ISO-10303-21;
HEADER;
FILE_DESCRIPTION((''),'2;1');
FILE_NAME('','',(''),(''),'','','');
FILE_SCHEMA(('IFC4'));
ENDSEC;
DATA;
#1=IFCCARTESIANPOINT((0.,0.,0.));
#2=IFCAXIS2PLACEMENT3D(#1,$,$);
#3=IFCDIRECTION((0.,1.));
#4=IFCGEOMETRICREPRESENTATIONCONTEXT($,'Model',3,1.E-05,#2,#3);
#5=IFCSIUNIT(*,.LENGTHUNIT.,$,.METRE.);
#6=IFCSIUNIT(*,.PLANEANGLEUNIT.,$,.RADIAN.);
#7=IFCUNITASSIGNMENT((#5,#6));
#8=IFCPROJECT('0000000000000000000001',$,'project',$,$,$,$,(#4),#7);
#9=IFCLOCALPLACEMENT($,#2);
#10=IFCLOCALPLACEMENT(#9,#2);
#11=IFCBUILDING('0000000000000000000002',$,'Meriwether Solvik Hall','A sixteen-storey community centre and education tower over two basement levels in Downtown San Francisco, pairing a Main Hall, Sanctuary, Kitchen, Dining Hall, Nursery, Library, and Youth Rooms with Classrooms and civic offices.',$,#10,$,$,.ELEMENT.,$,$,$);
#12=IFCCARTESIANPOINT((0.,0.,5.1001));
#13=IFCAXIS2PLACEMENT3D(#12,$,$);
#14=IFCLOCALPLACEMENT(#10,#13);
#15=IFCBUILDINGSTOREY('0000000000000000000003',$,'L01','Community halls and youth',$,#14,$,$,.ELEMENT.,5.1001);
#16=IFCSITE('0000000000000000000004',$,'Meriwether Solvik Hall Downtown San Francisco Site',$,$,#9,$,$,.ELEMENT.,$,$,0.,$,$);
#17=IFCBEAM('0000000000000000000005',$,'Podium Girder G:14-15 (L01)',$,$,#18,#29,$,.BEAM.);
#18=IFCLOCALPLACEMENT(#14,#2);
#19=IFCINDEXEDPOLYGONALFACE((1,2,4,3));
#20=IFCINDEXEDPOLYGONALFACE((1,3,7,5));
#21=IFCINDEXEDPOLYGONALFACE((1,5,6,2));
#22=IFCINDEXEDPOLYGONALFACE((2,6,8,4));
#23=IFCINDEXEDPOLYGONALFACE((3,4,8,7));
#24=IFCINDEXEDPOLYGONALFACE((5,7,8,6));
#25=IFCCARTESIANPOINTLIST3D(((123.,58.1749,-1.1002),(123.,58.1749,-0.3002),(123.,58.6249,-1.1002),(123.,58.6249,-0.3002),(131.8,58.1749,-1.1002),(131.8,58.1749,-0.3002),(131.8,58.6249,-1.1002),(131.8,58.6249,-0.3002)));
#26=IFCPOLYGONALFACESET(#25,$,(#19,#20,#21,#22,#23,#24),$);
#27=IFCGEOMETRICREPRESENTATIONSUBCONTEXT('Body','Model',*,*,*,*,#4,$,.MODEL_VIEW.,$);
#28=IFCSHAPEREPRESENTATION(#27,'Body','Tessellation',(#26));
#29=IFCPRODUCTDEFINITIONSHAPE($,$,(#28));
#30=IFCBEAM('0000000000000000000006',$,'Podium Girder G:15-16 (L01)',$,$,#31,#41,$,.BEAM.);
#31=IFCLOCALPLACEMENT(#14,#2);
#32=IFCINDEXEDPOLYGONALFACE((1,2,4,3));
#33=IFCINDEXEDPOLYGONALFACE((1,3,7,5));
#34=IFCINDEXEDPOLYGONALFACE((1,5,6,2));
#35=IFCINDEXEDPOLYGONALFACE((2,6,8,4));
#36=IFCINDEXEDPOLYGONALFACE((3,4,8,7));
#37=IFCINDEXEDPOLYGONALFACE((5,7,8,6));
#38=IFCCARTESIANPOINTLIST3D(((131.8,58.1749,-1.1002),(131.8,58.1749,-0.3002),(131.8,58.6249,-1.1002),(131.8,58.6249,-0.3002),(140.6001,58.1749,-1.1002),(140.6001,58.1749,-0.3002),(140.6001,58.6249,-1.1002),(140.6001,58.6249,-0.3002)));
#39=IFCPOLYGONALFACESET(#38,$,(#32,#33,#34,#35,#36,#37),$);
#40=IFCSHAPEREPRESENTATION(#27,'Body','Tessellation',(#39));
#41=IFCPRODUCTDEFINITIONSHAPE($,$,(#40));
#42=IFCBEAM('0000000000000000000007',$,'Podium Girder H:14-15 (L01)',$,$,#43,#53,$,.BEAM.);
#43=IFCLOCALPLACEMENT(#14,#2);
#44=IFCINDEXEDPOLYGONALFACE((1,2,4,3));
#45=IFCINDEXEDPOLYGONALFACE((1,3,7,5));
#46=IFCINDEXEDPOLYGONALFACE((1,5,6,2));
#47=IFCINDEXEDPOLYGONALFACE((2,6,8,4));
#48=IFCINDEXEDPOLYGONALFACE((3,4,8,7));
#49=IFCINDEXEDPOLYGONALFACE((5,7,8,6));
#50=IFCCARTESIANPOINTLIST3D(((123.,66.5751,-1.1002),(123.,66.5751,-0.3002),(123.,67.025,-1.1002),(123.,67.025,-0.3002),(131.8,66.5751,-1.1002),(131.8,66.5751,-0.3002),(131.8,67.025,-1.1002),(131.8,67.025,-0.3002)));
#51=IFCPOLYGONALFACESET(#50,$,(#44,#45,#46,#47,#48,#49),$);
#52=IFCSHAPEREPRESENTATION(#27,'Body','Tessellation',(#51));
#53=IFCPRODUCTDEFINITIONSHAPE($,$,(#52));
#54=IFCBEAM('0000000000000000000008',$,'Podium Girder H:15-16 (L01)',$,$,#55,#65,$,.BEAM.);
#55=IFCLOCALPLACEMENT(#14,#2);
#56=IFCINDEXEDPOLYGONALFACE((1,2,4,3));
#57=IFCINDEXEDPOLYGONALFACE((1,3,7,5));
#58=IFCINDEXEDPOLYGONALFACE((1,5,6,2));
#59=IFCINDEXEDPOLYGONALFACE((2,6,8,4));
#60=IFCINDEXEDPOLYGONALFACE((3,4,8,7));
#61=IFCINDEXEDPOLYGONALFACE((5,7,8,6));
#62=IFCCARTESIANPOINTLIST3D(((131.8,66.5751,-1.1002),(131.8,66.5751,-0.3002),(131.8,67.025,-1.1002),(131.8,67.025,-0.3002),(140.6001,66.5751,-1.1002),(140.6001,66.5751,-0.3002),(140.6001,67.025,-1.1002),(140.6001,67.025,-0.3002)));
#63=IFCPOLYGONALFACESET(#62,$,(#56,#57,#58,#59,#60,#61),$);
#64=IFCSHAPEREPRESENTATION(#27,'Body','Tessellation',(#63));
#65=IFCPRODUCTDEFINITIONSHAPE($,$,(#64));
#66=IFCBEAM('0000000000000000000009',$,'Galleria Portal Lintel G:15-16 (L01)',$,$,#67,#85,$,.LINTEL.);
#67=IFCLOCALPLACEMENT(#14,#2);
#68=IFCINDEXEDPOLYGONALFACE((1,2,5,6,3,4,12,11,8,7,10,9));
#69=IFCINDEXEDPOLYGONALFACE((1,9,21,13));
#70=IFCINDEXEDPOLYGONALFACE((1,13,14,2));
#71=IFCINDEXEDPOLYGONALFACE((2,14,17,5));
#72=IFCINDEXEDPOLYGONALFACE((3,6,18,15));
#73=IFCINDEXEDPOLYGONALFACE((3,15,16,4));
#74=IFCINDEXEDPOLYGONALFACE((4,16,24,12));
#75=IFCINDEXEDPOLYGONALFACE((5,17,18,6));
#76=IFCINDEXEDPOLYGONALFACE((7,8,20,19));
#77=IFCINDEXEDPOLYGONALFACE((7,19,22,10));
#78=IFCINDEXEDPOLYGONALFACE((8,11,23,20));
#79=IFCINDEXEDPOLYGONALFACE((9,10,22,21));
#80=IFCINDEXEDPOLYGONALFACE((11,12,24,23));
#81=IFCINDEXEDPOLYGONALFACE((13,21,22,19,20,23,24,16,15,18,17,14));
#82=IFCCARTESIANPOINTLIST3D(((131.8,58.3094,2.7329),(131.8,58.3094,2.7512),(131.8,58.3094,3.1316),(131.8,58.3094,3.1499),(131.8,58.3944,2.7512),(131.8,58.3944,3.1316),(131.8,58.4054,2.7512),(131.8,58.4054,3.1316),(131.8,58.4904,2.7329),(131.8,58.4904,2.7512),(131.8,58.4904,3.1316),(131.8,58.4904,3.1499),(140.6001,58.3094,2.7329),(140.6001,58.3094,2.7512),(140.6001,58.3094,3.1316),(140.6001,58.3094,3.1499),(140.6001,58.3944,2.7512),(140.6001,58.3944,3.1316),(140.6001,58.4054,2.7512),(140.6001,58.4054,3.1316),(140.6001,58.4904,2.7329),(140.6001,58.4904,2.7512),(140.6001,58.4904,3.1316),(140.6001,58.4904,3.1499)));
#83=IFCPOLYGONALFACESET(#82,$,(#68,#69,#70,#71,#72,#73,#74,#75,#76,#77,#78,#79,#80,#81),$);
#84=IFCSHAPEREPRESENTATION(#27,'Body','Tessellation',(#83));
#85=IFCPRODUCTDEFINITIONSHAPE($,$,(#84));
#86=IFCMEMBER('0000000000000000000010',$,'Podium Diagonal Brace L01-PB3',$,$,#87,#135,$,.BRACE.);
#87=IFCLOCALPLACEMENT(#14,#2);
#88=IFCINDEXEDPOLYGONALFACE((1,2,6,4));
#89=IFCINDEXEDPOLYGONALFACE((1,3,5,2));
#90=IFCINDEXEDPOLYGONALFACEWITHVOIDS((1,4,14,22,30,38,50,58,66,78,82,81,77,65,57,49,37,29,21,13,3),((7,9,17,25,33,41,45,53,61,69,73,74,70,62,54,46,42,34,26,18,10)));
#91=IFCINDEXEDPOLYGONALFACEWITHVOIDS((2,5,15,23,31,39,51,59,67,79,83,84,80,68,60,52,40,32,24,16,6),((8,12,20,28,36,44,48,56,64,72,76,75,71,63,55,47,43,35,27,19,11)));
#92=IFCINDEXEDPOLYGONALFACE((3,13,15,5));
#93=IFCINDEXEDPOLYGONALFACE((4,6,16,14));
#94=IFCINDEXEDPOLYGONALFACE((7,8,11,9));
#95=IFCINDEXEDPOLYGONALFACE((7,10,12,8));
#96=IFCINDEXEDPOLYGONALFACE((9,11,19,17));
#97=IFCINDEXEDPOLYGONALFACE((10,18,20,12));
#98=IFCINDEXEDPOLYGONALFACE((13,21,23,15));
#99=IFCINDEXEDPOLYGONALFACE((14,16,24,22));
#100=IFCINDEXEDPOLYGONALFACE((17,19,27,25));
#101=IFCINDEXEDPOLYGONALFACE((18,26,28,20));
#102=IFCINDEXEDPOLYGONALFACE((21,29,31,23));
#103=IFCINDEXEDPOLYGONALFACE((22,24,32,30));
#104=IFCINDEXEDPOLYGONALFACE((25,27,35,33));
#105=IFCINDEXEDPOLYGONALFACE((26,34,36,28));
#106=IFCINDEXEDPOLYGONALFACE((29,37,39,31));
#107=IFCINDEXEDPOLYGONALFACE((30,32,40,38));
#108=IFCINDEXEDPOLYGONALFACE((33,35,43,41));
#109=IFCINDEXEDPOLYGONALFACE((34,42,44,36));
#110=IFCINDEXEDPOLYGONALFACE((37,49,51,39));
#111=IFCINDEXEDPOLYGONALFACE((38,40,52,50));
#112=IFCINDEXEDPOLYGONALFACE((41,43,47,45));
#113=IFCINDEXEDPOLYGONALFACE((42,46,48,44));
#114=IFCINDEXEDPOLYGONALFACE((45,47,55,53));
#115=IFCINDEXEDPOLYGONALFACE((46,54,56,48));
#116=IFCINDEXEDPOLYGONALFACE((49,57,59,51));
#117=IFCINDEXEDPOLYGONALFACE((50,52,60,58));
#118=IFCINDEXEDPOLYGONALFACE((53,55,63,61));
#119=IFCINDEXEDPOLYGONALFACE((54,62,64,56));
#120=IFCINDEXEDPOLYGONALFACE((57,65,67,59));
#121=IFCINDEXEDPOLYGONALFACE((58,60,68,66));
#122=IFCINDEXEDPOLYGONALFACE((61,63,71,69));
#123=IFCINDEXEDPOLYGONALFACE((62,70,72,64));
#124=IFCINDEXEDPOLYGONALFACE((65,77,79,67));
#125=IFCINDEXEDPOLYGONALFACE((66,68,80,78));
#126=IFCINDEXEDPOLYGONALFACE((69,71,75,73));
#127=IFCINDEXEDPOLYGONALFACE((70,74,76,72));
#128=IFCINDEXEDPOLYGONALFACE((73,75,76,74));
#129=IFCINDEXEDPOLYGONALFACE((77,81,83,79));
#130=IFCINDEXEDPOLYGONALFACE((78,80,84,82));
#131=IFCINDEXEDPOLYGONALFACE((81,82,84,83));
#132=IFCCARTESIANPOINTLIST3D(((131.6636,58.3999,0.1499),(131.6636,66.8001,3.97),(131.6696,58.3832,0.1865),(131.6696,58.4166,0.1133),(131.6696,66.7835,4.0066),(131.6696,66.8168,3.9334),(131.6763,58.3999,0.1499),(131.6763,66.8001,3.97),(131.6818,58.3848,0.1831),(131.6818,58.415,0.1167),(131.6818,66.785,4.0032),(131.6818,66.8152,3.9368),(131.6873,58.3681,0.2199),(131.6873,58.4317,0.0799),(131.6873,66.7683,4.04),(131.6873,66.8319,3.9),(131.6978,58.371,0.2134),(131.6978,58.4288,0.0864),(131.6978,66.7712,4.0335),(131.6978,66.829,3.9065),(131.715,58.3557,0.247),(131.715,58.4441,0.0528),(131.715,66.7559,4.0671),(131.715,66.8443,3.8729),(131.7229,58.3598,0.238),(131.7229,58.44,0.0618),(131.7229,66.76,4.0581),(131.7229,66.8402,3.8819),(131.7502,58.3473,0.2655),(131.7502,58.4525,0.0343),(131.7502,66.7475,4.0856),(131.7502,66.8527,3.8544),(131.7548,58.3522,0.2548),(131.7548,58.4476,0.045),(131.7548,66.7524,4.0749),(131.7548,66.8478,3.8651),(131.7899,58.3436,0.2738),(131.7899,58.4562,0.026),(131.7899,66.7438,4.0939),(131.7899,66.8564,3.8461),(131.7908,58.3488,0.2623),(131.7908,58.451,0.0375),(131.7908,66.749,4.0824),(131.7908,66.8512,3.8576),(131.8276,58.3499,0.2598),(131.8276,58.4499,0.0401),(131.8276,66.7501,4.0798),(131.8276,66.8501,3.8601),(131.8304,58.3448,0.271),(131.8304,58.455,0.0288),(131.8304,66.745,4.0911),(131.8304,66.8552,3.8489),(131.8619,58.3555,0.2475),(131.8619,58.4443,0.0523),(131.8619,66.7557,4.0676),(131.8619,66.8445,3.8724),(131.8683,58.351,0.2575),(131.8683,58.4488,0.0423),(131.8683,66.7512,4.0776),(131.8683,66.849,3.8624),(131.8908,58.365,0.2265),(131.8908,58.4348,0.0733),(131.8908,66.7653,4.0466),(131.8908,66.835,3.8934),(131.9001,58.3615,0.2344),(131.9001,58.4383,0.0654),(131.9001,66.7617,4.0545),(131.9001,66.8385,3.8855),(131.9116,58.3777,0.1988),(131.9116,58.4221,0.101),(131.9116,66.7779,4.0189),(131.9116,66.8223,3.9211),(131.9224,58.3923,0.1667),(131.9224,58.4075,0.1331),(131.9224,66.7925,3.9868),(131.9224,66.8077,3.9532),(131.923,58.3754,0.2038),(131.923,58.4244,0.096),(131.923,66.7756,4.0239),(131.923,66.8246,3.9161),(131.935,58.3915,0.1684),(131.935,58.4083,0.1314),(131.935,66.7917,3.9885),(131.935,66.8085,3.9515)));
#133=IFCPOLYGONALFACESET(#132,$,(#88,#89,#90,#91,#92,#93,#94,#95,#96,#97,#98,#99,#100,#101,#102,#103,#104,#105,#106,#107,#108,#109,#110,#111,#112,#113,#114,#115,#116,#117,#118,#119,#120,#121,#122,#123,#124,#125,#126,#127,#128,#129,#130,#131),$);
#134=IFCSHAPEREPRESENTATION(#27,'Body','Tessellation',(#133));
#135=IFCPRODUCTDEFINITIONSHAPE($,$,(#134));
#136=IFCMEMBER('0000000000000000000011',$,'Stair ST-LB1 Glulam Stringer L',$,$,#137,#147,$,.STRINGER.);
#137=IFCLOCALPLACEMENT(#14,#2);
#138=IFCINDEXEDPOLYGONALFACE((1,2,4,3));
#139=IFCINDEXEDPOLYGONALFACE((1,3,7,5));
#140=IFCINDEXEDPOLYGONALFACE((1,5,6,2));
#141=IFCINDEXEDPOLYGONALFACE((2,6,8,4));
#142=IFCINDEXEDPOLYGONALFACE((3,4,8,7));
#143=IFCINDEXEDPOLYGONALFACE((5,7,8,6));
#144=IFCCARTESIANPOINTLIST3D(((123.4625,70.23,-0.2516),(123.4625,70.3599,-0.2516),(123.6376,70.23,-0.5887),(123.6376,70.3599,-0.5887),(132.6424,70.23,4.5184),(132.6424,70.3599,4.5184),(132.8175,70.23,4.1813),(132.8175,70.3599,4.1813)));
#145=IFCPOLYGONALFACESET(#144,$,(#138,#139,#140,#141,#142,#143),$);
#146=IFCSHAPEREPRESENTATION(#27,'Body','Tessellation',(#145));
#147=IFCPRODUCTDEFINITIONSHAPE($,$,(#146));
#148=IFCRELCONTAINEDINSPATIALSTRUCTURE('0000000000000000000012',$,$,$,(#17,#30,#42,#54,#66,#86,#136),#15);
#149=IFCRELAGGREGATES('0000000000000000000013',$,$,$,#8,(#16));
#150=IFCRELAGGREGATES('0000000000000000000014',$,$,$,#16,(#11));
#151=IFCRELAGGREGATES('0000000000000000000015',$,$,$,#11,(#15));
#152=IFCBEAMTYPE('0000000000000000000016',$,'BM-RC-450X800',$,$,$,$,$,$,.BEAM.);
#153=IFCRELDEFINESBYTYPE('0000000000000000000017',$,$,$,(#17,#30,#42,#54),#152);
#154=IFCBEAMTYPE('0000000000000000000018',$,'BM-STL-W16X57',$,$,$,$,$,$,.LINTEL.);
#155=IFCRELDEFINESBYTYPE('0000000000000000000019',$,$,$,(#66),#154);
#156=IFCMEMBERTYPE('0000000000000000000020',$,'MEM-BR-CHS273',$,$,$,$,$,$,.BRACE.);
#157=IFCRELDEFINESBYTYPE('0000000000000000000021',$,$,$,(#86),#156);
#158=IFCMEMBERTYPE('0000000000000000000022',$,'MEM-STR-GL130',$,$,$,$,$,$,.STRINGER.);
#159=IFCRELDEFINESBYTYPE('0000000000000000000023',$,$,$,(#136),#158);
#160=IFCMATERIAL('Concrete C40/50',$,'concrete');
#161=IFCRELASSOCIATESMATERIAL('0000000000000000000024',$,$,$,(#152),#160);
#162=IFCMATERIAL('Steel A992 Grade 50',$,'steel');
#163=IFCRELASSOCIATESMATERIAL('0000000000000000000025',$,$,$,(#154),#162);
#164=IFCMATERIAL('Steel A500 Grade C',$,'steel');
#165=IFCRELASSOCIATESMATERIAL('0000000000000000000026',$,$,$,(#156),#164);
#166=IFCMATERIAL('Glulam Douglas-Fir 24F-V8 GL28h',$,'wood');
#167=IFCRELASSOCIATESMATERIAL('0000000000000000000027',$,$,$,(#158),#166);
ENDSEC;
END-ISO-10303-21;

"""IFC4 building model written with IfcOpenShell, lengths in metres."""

from ifc_helpers import new_model, si_unit, direction, frame, origin, origin_2d, place, context, subcontext, project, spatial, rectangle, hollow_circle, i_section, extrude, material, material_profile, profile_set, type_object, element, save


model = new_model("IFC4")

# Units and contexts
model_context = context("Model", 3, precision=1e-05, world=origin(), true_north=direction((0.0, 1.0)))
body_context = subcontext(model_context, "Body", "Model", "MODEL_VIEW")
ifc_project = project(units=[si_unit("LENGTHUNIT", "METRE"), si_unit("PLANEANGLEUNIT", "RADIAN")], contexts=[model_context])

# Site, building, storey
site_placement = place(None, origin())
site = spatial("IfcSite", under=ifc_project, at=site_placement, Name="Meriwether Solvik Hall Downtown San Francisco Site", CompositionType="ELEMENT", RefElevation=0.0)
building_placement = place(site_placement, origin())
building = spatial("IfcBuilding", under=site, at=building_placement, Name="Meriwether Solvik Hall", Description="A sixteen-storey community centre and education tower over two basement levels in Downtown San Francisco, pairing a Main Hall, Sanctuary, Kitchen, Dining Hall, Nursery, Library, and Youth Rooms with Classrooms and civic offices.", CompositionType="ELEMENT")
storey_placement = place(building_placement, frame((0.0, 0.0, 5.1001)))
storey = spatial("IfcBuildingStorey", under=building, at=storey_placement, Name="L01", Description="Community halls and youth", CompositionType="ELEMENT", Elevation=5.1001)

# Beams
ifc_material_1 = material(Name="Concrete C40/50", Category="concrete")
ifc_material_profile_1 = material_profile(ifc_material_1, rectangle(XDim=0.45, YDim=0.8, at=origin_2d()), Name="RCB-450X800")
ifc_profile_set_1 = profile_set([ifc_material_profile_1], Name="Concrete C40/50")
beam_type_1 = type_object("IfcBeamType", Name="BM-RC-450X800", PredefinedType="BEAM", material=ifc_profile_set_1)
for number, where, z_axis, x_axis, name in (
    (1, (123.0, 58.3999, -0.7002), (1.0, 0.0, 0.0), (0.0, 1.0, 0.0), "Podium Girder G:14-15 (L01)"),
    (2, (131.8, 58.3999, -0.7002), (1.0, 0.0, 0.0), (0.0, 1.0, 0.0), "Podium Girder G:15-16 (L01)"),
    (3, (123.0, 66.8, -0.7002), (1.0, 0.0, 0.0), (0.0, 1.0, 0.0), "Podium Girder H:14-15 (L01)"),
    (4, (131.8, 66.8, -0.7002), (1.0, 0.0, 0.0), (0.0, 1.0, 0.0), "Podium Girder H:15-16 (L01)"),
):
    element("IfcBeam", number, at=place(storey_placement, frame(where, z_axis=z_axis, x_axis=x_axis)), inside=storey, type_object=beam_type_1, Name=name, PredefinedType="BEAM", context=body_context, shape_type="SweptSolid", body=[
        extrude(rectangle(XDim=0.45, YDim=0.8, at=origin_2d()), origin(), (0.0, 0.0, 1.0), 8.8),
    ])
ifc_material_2 = material(Name="Steel A992 Grade 50", Category="steel")
ifc_material_profile_2 = material_profile(ifc_material_2, i_section(OverallWidth=0.1809, OverallDepth=0.417, WebThickness=0.011, FlangeThickness=0.0183, at=origin_2d()), Name="W16X57")
ifc_profile_set_2 = profile_set([ifc_material_profile_2], Name="Steel A992 Grade 50")
beam_type_2 = type_object("IfcBeamType", Name="BM-STL-W16X57", PredefinedType="LINTEL", material=ifc_profile_set_2)
beam_1_placement = place(storey_placement, frame((131.8, 58.3999, 2.9414), z_axis=(1.0, 0.0, 0.0), x_axis=(0.0, 1.0, 0.0)))
element("IfcBeam", 5, at=beam_1_placement, inside=storey, type_object=beam_type_2, Name="Galleria Portal Lintel G:15-16 (L01)", PredefinedType="LINTEL", context=body_context, shape_type="SweptSolid", body=[
    extrude(i_section(OverallWidth=0.1809, OverallDepth=0.417, WebThickness=0.011, FlangeThickness=0.0183, at=origin_2d()), origin(), (0.0, 0.0, 1.0), 8.8),
])

# Members
ifc_material_3 = material(Name="Steel A500 Grade C", Category="steel")
ifc_material_profile_3 = material_profile(ifc_material_3, hollow_circle(Radius=0.1365, WallThickness=0.0127, at=origin_2d()), Name="CHS273X12.7")
ifc_profile_set_3 = profile_set([ifc_material_profile_3], Name="Steel A500 Grade C")
member_type_1 = type_object("IfcMemberType", Name="MEM-BR-CHS273", PredefinedType="BRACE", material=ifc_profile_set_3)
member_1_placement = place(storey_placement, frame((131.8, 58.3999, 0.1499), z_axis=(0.0, 0.910292, 0.413966), x_axis=(-1.0, 0.0, 0.0)))
element("IfcMember", 6, at=member_1_placement, inside=storey, type_object=member_type_1, Name="Podium Diagonal Brace L01-PB3", PredefinedType="BRACE", context=body_context, shape_type="SweptSolid", body=[
    extrude(hollow_circle(Radius=0.1365, WallThickness=0.0127, at=origin_2d()), origin(), (0.0, 0.0, 1.0), 9.228),
])
ifc_material_4 = material(Name="Glulam Douglas-Fir 24F-V8 GL28h", Category="wood")
ifc_material_profile_4 = material_profile(ifc_material_4, rectangle(XDim=0.1299, YDim=0.3799, at=origin_2d()), Name="GLM-130X380")
ifc_profile_set_4 = profile_set([ifc_material_profile_4], Name="Glulam Douglas-Fir 24F-V8 GL28h")
member_type_2 = type_object("IfcMemberType", Name="MEM-STR-GL130", PredefinedType="STRINGER", material=ifc_profile_set_4)
member_2_placement = place(storey_placement, frame((123.55, 70.2949, -0.4202), z_axis=(0.887357, 0.0, 0.461083), x_axis=(0.0, 1.0, 0.0)))
element("IfcMember", 7, at=member_2_placement, inside=storey, type_object=member_type_2, Name="Stair ST-LB1 Glulam Stringer L", PredefinedType="STRINGER", context=body_context, shape_type="SweptSolid", body=[
    extrude(rectangle(XDim=0.1299, YDim=0.3799, at=origin_2d()), origin(), (0.0, 0.0, 1.0), 10.3452),
])

save(model, "model.ifc")
